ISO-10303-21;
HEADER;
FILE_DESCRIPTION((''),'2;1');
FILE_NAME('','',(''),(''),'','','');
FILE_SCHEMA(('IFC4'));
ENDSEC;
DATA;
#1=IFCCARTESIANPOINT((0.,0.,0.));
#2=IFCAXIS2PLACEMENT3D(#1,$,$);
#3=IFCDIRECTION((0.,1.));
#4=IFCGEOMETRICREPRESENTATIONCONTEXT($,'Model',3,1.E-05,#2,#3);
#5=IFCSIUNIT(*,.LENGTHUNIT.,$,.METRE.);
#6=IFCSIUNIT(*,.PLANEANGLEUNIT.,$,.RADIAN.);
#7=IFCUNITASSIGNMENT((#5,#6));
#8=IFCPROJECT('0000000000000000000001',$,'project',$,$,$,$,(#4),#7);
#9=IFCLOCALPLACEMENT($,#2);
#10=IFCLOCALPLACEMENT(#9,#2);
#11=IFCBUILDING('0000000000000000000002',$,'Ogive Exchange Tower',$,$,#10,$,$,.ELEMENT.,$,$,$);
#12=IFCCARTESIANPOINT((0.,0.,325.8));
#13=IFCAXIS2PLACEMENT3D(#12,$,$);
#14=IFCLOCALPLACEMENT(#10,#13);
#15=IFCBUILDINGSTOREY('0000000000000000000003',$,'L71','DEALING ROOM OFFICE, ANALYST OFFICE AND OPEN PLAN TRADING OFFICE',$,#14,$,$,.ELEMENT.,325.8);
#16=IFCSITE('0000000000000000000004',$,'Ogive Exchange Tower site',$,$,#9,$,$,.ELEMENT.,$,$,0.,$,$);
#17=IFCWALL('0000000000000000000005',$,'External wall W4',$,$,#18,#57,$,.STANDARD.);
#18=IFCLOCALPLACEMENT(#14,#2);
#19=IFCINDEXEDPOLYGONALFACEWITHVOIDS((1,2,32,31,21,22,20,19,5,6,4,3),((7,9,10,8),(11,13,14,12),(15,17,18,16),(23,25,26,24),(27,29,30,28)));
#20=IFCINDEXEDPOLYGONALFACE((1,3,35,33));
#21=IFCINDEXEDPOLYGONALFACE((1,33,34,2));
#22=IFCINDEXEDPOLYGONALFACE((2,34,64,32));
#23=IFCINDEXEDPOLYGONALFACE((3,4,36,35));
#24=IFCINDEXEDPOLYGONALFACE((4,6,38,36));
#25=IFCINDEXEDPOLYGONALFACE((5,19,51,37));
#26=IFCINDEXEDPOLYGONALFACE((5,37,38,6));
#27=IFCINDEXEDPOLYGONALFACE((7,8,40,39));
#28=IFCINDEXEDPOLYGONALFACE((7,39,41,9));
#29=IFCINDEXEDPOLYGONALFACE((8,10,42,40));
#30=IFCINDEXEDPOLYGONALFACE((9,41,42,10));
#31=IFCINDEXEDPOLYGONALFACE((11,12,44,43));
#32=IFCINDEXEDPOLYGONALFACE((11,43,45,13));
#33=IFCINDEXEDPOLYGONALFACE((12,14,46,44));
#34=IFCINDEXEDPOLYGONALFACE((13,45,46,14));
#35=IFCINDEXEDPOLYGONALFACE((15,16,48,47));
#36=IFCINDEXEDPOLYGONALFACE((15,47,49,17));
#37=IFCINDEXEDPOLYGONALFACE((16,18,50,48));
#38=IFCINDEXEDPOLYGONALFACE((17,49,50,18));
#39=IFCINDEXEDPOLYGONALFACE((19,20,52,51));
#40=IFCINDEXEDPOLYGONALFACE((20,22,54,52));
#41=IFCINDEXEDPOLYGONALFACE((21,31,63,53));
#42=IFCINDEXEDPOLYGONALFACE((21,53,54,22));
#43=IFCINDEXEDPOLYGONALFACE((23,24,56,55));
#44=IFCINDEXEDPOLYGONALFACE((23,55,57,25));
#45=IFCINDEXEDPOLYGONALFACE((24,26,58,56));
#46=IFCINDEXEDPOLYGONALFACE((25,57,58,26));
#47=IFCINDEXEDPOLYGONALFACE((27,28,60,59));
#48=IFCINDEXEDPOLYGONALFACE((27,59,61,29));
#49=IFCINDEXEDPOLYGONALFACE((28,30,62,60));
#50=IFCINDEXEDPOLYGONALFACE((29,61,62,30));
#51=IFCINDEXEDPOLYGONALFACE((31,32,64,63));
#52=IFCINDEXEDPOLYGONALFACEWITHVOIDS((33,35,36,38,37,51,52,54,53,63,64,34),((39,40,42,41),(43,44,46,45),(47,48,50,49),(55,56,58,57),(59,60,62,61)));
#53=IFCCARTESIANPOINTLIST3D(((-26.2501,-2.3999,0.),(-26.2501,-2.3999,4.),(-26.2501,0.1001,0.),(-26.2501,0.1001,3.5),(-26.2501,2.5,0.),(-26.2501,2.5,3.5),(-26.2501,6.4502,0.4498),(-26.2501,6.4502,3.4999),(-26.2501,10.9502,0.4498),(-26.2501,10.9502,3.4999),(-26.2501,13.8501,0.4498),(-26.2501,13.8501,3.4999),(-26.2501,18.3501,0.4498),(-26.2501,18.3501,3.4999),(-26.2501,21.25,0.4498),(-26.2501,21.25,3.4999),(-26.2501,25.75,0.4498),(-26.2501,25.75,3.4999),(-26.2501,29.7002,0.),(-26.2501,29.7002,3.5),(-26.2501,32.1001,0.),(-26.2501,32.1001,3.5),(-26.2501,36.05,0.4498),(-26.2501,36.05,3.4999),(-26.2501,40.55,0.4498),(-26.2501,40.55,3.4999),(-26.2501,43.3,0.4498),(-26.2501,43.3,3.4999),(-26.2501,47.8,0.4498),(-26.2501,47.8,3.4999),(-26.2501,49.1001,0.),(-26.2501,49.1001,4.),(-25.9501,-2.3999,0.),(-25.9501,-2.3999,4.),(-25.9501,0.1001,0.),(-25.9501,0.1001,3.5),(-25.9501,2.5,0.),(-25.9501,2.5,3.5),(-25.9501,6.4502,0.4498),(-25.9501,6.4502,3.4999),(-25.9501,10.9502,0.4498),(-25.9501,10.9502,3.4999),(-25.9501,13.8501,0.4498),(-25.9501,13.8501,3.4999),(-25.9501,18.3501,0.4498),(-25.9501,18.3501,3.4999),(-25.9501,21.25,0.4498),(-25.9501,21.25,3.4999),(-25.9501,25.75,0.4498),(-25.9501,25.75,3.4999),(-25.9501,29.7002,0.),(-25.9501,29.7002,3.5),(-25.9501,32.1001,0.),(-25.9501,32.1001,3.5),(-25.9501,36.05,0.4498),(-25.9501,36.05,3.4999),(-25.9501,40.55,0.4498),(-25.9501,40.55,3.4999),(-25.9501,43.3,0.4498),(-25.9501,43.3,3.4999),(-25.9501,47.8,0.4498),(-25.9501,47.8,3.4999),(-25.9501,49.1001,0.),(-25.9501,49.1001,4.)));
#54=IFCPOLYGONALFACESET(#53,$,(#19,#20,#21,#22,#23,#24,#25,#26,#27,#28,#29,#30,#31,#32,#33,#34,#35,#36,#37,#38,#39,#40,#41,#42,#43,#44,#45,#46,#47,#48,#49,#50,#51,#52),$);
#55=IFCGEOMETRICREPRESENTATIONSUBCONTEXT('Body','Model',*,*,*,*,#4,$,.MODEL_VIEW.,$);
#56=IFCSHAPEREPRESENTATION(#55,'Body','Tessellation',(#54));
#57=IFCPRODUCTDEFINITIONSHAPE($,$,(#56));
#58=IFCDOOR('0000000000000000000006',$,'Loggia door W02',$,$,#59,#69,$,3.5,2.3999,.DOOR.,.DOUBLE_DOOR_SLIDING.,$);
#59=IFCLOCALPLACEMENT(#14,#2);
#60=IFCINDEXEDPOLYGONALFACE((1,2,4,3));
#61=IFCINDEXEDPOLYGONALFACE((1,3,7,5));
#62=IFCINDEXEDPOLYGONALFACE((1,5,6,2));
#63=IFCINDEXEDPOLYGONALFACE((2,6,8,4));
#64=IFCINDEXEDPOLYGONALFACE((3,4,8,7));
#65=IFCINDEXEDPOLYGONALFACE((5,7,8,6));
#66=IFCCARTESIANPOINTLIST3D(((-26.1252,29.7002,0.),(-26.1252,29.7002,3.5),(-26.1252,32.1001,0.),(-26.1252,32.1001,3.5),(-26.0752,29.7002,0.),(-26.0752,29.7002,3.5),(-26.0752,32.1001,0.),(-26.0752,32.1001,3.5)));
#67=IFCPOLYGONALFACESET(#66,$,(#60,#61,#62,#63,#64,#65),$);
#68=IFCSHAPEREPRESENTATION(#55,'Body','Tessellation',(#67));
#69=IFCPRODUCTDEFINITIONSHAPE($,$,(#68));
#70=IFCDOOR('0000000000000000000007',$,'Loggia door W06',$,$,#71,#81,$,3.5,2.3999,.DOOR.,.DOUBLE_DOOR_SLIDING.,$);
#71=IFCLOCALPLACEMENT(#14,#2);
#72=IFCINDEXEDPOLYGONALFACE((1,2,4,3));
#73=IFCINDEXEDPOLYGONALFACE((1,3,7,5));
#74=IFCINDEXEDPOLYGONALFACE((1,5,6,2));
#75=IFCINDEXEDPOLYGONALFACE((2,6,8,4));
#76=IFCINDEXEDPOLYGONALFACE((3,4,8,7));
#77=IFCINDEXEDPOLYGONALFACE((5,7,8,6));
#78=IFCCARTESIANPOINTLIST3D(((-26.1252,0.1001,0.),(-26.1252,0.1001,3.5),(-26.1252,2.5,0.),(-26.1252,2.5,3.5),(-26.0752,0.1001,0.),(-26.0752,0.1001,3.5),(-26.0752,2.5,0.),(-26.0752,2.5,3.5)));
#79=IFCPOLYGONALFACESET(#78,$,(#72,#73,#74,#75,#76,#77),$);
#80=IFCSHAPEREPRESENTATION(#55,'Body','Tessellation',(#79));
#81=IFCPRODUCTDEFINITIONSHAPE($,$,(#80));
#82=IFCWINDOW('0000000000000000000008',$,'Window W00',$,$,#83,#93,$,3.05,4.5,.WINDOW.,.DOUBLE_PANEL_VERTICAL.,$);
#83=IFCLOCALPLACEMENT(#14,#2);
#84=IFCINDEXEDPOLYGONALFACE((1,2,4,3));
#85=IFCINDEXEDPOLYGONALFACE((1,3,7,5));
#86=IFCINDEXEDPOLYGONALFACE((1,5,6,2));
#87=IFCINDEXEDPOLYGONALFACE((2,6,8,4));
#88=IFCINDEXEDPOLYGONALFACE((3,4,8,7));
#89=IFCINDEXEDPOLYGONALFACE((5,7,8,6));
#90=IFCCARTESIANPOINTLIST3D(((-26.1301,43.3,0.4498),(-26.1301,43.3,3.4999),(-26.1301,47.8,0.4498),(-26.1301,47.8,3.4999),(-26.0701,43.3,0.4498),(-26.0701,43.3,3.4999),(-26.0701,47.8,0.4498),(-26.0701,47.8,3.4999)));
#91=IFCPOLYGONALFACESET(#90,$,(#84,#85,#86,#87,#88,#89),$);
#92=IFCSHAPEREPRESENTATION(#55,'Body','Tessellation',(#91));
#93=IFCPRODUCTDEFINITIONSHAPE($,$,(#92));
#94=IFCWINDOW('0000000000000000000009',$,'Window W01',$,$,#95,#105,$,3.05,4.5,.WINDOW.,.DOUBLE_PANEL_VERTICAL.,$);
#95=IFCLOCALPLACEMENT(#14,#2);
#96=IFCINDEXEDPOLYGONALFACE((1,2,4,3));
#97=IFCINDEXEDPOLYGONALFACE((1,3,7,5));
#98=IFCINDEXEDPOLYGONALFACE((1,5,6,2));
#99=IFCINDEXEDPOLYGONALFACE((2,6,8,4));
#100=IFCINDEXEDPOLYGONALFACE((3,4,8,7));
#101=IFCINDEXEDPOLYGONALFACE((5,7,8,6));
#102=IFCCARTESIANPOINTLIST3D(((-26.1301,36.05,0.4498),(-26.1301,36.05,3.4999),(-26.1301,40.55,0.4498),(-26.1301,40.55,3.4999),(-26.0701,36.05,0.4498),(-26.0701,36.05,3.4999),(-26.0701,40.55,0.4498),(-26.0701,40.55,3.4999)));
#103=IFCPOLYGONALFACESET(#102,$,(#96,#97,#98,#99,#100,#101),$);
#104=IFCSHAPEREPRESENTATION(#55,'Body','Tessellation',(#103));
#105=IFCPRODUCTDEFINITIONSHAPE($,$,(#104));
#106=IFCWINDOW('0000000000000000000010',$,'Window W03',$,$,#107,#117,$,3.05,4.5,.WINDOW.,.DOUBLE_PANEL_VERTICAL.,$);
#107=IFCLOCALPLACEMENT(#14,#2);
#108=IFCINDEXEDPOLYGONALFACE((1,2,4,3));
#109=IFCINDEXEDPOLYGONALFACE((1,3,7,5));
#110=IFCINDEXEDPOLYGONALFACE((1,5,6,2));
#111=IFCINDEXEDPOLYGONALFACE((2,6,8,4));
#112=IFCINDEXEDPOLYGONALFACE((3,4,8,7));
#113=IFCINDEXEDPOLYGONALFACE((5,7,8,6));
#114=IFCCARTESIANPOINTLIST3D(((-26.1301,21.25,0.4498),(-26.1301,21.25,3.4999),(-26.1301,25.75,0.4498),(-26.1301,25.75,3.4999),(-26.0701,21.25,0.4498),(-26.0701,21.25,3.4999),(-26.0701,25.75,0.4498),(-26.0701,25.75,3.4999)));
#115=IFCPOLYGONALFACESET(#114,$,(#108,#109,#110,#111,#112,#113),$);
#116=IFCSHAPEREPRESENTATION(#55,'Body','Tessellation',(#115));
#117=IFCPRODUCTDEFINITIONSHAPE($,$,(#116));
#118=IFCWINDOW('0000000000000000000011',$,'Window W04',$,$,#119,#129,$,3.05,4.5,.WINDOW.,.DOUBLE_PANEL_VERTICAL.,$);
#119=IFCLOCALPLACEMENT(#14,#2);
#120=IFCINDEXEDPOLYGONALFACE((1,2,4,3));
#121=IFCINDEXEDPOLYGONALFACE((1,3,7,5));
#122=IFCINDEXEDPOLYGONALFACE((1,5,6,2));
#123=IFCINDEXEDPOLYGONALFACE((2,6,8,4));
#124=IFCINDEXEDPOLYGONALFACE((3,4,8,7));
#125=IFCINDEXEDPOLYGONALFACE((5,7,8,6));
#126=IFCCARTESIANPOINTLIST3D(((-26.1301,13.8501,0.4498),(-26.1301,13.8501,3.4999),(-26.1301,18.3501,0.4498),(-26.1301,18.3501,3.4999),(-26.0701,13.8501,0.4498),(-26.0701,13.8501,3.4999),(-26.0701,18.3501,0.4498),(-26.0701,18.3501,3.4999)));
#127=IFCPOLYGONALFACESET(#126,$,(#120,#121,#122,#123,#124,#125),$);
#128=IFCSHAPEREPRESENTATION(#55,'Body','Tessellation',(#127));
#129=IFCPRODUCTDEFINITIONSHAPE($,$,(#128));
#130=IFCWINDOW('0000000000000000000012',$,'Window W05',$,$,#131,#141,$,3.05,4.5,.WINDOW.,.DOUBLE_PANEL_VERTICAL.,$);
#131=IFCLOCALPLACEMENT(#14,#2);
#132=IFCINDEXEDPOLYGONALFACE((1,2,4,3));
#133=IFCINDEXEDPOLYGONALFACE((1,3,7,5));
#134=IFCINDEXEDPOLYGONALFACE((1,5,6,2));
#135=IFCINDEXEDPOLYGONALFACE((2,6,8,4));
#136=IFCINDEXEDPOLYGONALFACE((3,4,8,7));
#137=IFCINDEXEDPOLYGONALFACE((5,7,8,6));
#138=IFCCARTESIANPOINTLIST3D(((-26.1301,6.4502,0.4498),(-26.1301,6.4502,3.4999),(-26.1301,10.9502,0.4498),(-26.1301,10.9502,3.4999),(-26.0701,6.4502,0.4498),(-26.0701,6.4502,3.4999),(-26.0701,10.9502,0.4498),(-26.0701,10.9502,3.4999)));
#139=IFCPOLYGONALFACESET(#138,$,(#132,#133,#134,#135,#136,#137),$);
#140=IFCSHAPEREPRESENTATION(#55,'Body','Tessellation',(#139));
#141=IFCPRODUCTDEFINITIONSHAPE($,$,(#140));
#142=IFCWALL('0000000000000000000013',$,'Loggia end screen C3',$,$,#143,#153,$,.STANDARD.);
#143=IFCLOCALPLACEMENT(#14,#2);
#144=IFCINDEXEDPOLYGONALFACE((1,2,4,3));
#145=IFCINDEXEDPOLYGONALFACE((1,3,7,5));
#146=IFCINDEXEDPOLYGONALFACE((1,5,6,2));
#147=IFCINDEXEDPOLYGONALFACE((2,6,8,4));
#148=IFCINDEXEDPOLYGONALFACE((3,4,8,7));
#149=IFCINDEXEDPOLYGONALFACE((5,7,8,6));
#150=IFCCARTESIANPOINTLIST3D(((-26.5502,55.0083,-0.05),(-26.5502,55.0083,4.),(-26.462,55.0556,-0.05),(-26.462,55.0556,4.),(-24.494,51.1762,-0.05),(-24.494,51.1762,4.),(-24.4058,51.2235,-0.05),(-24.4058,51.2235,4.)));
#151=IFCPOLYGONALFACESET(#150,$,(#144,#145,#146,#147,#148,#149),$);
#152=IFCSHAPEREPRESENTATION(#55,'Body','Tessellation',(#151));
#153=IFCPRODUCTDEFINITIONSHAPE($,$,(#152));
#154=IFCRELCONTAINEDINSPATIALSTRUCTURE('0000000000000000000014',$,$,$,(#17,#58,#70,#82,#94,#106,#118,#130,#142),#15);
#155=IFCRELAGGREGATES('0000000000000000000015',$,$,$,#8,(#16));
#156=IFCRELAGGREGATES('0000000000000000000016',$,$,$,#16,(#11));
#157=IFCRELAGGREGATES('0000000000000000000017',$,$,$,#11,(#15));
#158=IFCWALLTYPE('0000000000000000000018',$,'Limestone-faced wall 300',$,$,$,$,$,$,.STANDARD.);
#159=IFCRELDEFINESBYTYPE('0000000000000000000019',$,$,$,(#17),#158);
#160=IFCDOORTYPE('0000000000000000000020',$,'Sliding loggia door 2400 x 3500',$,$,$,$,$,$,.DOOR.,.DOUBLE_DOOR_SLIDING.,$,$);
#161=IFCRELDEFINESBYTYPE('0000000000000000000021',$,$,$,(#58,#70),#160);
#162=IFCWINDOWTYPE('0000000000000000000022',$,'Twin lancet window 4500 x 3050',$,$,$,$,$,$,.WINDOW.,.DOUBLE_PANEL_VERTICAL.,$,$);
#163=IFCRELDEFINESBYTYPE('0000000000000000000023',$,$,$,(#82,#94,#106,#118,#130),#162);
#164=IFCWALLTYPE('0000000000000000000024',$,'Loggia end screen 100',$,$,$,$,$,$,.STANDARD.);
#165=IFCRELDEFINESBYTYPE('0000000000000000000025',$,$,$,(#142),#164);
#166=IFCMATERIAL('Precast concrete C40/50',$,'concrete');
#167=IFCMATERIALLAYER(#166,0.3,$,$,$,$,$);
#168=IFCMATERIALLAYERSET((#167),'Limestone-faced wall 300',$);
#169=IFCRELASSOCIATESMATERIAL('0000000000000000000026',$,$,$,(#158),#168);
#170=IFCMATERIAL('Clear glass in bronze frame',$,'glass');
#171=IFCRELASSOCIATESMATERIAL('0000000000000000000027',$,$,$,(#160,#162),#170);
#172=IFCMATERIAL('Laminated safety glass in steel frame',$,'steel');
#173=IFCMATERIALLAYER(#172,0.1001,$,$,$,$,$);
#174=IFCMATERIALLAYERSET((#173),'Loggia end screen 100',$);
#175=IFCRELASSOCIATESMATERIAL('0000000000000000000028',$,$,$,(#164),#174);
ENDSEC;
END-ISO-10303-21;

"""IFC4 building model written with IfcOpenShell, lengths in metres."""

from ifc_helpers import new_model, si_unit, direction, frame, frame_2d, origin, place, context, subcontext, project, spatial, rectangle, extrude, material, layer, layer_set, type_object, element, fill, save


model = new_model("IFC4")

# Units and contexts
model_context = context("Model", 3, precision=1e-05, world=origin(), true_north=direction((0.0, 1.0)))
body_context = subcontext(model_context, "Body", "Model", "MODEL_VIEW")
ifc_project = project(units=[si_unit("LENGTHUNIT", "METRE"), si_unit("PLANEANGLEUNIT", "RADIAN")], contexts=[model_context])

# Site, building, storey
site_placement = place(None, origin())
site = spatial("IfcSite", under=ifc_project, at=site_placement, Name="Ogive Exchange Tower site", CompositionType="ELEMENT", RefElevation=0.0)
building_placement = place(site_placement, origin())
building = spatial("IfcBuilding", under=site, at=building_placement, Name="Ogive Exchange Tower", CompositionType="ELEMENT")
storey_placement = place(building_placement, frame((0.0, 0.0, 325.8)))
storey = spatial("IfcBuildingStorey", under=building, at=storey_placement, Name="L71", Description="DEALING ROOM OFFICE, ANALYST OFFICE AND OPEN PLAN TRADING OFFICE", CompositionType="ELEMENT", Elevation=325.8)

# Wall, openings, doors, windows
ifc_material_1 = material(Name="Precast concrete C40/50", Category="concrete")
ifc_layer_1 = layer(ifc_material_1, 0.3)
ifc_layer_set_1 = layer_set([ifc_layer_1], Name="Limestone-faced wall 300")
wall_type_1 = type_object("IfcWallType", Name="Limestone-faced wall 300", PredefinedType="STANDARD", material=ifc_layer_set_1)
wall_1_placement = place(storey_placement, frame((-26.1001, 49.1001, 0.0), z_axis=(0.0, 0.0, 1.0), x_axis=(0.0, -1.0, 0.0)))
wall_1 = element("IfcWall", 1, at=wall_1_placement, inside=storey, type_object=wall_type_1, Name="External wall W4", PredefinedType="STANDARD", context=body_context, shape_type="SweptSolid", body=[
    extrude(rectangle(XDim=51.5, YDim=0.3, at=frame_2d((25.75, 0.0))), origin(), (0.0, 0.0, 1.0), 4.0),
])
opening_1_placement = place(wall_1_placement, frame((1.3, 0.0, 0.45)))
opening_1 = element("IfcOpeningElement", 2, at=opening_1_placement, cuts=wall_1, PredefinedType="OPENING", context=body_context, shape_type="SweptSolid", body=[
    extrude(rectangle(XDim=4.5, YDim=3.05, at=frame_2d((2.25, 1.5249))), frame((0.0, 0.1599, 0.0), z_axis=(0.0, -1.0, 0.0), x_axis=(1.0, 0.0, 0.0)), (0.0, 0.0, 1.0), 0.3201),
])
opening_2_placement = place(wall_1_placement, frame((8.55, 0.0, 0.45)))
opening_2 = element("IfcOpeningElement", 3, at=opening_2_placement, cuts=wall_1, PredefinedType="OPENING", context=body_context, shape_type="SweptSolid", body=[
    extrude(rectangle(XDim=4.5, YDim=3.05, at=frame_2d((2.25, 1.5249))), frame((0.0, 0.1599, 0.0), z_axis=(0.0, -1.0, 0.0), x_axis=(1.0, 0.0, 0.0)), (0.0, 0.0, 1.0), 0.3201),
])
opening_3_placement = place(wall_1_placement, frame((17.0, 0.0, 0.0)))
opening_3 = element("IfcOpeningElement", 4, at=opening_3_placement, cuts=wall_1, PredefinedType="OPENING", context=body_context, shape_type="SweptSolid", body=[
    extrude(rectangle(XDim=2.3999, YDim=3.5, at=frame_2d((1.2, 1.75))), frame((0.0, 0.1599, 0.0), z_axis=(0.0, -1.0, 0.0), x_axis=(1.0, 0.0, 0.0)), (0.0, 0.0, 1.0), 0.3201),
])
opening_4_placement = place(wall_1_placement, frame((23.3501, 0.0, 0.45)))
opening_4 = element("IfcOpeningElement", 5, at=opening_4_placement, cuts=wall_1, PredefinedType="OPENING", context=body_context, shape_type="SweptSolid", body=[
    extrude(rectangle(XDim=4.5, YDim=3.05, at=frame_2d((2.25, 1.5249))), frame((0.0, 0.1599, 0.0), z_axis=(0.0, -1.0, 0.0), x_axis=(1.0, 0.0, 0.0)), (0.0, 0.0, 1.0), 0.3201),
])
opening_5_placement = place(wall_1_placement, frame((30.75, 0.0, 0.45)))
opening_5 = element("IfcOpeningElement", 6, at=opening_5_placement, cuts=wall_1, PredefinedType="OPENING", context=body_context, shape_type="SweptSolid", body=[
    extrude(rectangle(XDim=4.5, YDim=3.05, at=frame_2d((2.25, 1.5249))), frame((0.0, 0.1599, 0.0), z_axis=(0.0, -1.0, 0.0), x_axis=(1.0, 0.0, 0.0)), (0.0, 0.0, 1.0), 0.3201),
])
opening_6_placement = place(wall_1_placement, frame((38.1499, 0.0, 0.45)))
opening_6 = element("IfcOpeningElement", 7, at=opening_6_placement, cuts=wall_1, PredefinedType="OPENING", context=body_context, shape_type="SweptSolid", body=[
    extrude(rectangle(XDim=4.5, YDim=3.05, at=frame_2d((2.25, 1.5249))), frame((0.0, 0.1599, 0.0), z_axis=(0.0, -1.0, 0.0), x_axis=(1.0, 0.0, 0.0)), (0.0, 0.0, 1.0), 0.3201),
])
opening_7_placement = place(wall_1_placement, frame((46.6001, 0.0, 0.0)))
opening_7 = element("IfcOpeningElement", 8, at=opening_7_placement, cuts=wall_1, PredefinedType="OPENING", context=body_context, shape_type="SweptSolid", body=[
    extrude(rectangle(XDim=2.3999, YDim=3.5, at=frame_2d((1.2, 1.75))), frame((0.0, 0.1599, 0.0), z_axis=(0.0, -1.0, 0.0), x_axis=(1.0, 0.0, 0.0)), (0.0, 0.0, 1.0), 0.3201),
])
ifc_material_2 = material(Name="Clear glass in bronze frame", Category="glass")
door_type_1 = type_object("IfcDoorType", Name="Sliding loggia door 2400 x 3500", OperationType="DOUBLE_DOOR_SLIDING", PredefinedType="DOOR", material=ifc_material_2)
door_1_placement = place(opening_3_placement, origin())
door_1 = element("IfcDoor", 9, at=door_1_placement, inside=storey, type_object=door_type_1, Name="Loggia door W02", OperationType="DOUBLE_DOOR_SLIDING", OverallHeight=3.5, OverallWidth=2.3999, PredefinedType="DOOR", context=body_context, shape_type="SweptSolid", body=[
    extrude(rectangle(XDim=2.3999, YDim=3.5, at=frame_2d((1.2, 1.75))), frame((0.0, 0.0249, 0.0), z_axis=(0.0, -1.0, 0.0), x_axis=(1.0, 0.0, 0.0)), (0.0, 0.0, 1.0), 0.05),
])
fill(opening_3, door_1)
door_2_placement = place(opening_7_placement, origin())
door_2 = element("IfcDoor", 10, at=door_2_placement, inside=storey, type_object=door_type_1, Name="Loggia door W06", OperationType="DOUBLE_DOOR_SLIDING", OverallHeight=3.5, OverallWidth=2.3999, PredefinedType="DOOR", context=body_context, shape_type="SweptSolid", body=[
    extrude(rectangle(XDim=2.3999, YDim=3.5, at=frame_2d((1.2, 1.75))), frame((0.0, 0.0249, 0.0), z_axis=(0.0, -1.0, 0.0), x_axis=(1.0, 0.0, 0.0)), (0.0, 0.0, 1.0), 0.05),
])
fill(opening_7, door_2)
window_type = type_object("IfcWindowType", Name="Twin lancet window 4500 x 3050", PartitioningType="DOUBLE_PANEL_VERTICAL", PredefinedType="WINDOW", material=ifc_material_2)
window_1_placement = place(opening_1_placement, origin())
window_1 = element("IfcWindow", 11, at=window_1_placement, inside=storey, type_object=window_type, Name="Window W00", OverallHeight=3.05, OverallWidth=4.5, PartitioningType="DOUBLE_PANEL_VERTICAL", PredefinedType="WINDOW", context=body_context, shape_type="SweptSolid", body=[
    extrude(rectangle(XDim=4.5, YDim=3.05, at=frame_2d((2.25, 1.5249))), frame((0.0, 0.03, 0.0), z_axis=(0.0, -1.0, 0.0), x_axis=(1.0, 0.0, 0.0)), (0.0, 0.0, 1.0), 0.0601),
])
fill(opening_1, window_1)
window_2_placement = place(opening_2_placement, origin())
window_2 = element("IfcWindow", 12, at=window_2_placement, inside=storey, type_object=window_type, Name="Window W01", OverallHeight=3.05, OverallWidth=4.5, PartitioningType="DOUBLE_PANEL_VERTICAL", PredefinedType="WINDOW", context=body_context, shape_type="SweptSolid", body=[
    extrude(rectangle(XDim=4.5, YDim=3.05, at=frame_2d((2.25, 1.5249))), frame((0.0, 0.03, 0.0), z_axis=(0.0, -1.0, 0.0), x_axis=(1.0, 0.0, 0.0)), (0.0, 0.0, 1.0), 0.0601),
])
fill(opening_2, window_2)
window_3_placement = place(opening_4_placement, origin())
window_3 = element("IfcWindow", 13, at=window_3_placement, inside=storey, type_object=window_type, Name="Window W03", OverallHeight=3.05, OverallWidth=4.5, PartitioningType="DOUBLE_PANEL_VERTICAL", PredefinedType="WINDOW", context=body_context, shape_type="SweptSolid", body=[
    extrude(rectangle(XDim=4.5, YDim=3.05, at=frame_2d((2.25, 1.5249))), frame((0.0, 0.03, 0.0), z_axis=(0.0, -1.0, 0.0), x_axis=(1.0, 0.0, 0.0)), (0.0, 0.0, 1.0), 0.0601),
])
fill(opening_4, window_3)
window_4_placement = place(opening_5_placement, origin())
window_4 = element("IfcWindow", 14, at=window_4_placement, inside=storey, type_object=window_type, Name="Window W04", OverallHeight=3.05, OverallWidth=4.5, PartitioningType="DOUBLE_PANEL_VERTICAL", PredefinedType="WINDOW", context=body_context, shape_type="SweptSolid", body=[
    extrude(rectangle(XDim=4.5, YDim=3.05, at=frame_2d((2.25, 1.5249))), frame((0.0, 0.03, 0.0), z_axis=(0.0, -1.0, 0.0), x_axis=(1.0, 0.0, 0.0)), (0.0, 0.0, 1.0), 0.0601),
])
fill(opening_5, window_4)
window_5_placement = place(opening_6_placement, origin())
window_5 = element("IfcWindow", 15, at=window_5_placement, inside=storey, type_object=window_type, Name="Window W05", OverallHeight=3.05, OverallWidth=4.5, PartitioningType="DOUBLE_PANEL_VERTICAL", PredefinedType="WINDOW", context=body_context, shape_type="SweptSolid", body=[
    extrude(rectangle(XDim=4.5, YDim=3.05, at=frame_2d((2.25, 1.5249))), frame((0.0, 0.03, 0.0), z_axis=(0.0, -1.0, 0.0), x_axis=(1.0, 0.0, 0.0)), (0.0, 0.0, 1.0), 0.0601),
])
fill(opening_6, window_5)

# Wall
ifc_material_3 = material(Name="Laminated safety glass in steel frame", Category="steel")
ifc_layer_2 = layer(ifc_material_3, 0.1001)
ifc_layer_set_2 = layer_set([ifc_layer_2], Name="Loggia end screen 100")
wall_type_2 = type_object("IfcWallType", Name="Loggia end screen 100", PredefinedType="STANDARD", material=ifc_layer_set_2)
wall_2_placement = place(storey_placement, frame((-24.45, 51.2, -0.05), z_axis=(0.0, 0.0, 1.0), x_axis=(-0.472807, 0.881166, 0.0)))
element("IfcWall", 16, at=wall_2_placement, inside=storey, type_object=wall_type_2, Name="Loggia end screen C3", PredefinedType="STANDARD", context=body_context, shape_type="SweptSolid", body=[
    extrude(rectangle(XDim=4.3489, YDim=0.1001, at=frame_2d((2.1743, 0.0))), origin(), (0.0, 0.0, 1.0), 4.05),
])

save(model, "model.ifc")
